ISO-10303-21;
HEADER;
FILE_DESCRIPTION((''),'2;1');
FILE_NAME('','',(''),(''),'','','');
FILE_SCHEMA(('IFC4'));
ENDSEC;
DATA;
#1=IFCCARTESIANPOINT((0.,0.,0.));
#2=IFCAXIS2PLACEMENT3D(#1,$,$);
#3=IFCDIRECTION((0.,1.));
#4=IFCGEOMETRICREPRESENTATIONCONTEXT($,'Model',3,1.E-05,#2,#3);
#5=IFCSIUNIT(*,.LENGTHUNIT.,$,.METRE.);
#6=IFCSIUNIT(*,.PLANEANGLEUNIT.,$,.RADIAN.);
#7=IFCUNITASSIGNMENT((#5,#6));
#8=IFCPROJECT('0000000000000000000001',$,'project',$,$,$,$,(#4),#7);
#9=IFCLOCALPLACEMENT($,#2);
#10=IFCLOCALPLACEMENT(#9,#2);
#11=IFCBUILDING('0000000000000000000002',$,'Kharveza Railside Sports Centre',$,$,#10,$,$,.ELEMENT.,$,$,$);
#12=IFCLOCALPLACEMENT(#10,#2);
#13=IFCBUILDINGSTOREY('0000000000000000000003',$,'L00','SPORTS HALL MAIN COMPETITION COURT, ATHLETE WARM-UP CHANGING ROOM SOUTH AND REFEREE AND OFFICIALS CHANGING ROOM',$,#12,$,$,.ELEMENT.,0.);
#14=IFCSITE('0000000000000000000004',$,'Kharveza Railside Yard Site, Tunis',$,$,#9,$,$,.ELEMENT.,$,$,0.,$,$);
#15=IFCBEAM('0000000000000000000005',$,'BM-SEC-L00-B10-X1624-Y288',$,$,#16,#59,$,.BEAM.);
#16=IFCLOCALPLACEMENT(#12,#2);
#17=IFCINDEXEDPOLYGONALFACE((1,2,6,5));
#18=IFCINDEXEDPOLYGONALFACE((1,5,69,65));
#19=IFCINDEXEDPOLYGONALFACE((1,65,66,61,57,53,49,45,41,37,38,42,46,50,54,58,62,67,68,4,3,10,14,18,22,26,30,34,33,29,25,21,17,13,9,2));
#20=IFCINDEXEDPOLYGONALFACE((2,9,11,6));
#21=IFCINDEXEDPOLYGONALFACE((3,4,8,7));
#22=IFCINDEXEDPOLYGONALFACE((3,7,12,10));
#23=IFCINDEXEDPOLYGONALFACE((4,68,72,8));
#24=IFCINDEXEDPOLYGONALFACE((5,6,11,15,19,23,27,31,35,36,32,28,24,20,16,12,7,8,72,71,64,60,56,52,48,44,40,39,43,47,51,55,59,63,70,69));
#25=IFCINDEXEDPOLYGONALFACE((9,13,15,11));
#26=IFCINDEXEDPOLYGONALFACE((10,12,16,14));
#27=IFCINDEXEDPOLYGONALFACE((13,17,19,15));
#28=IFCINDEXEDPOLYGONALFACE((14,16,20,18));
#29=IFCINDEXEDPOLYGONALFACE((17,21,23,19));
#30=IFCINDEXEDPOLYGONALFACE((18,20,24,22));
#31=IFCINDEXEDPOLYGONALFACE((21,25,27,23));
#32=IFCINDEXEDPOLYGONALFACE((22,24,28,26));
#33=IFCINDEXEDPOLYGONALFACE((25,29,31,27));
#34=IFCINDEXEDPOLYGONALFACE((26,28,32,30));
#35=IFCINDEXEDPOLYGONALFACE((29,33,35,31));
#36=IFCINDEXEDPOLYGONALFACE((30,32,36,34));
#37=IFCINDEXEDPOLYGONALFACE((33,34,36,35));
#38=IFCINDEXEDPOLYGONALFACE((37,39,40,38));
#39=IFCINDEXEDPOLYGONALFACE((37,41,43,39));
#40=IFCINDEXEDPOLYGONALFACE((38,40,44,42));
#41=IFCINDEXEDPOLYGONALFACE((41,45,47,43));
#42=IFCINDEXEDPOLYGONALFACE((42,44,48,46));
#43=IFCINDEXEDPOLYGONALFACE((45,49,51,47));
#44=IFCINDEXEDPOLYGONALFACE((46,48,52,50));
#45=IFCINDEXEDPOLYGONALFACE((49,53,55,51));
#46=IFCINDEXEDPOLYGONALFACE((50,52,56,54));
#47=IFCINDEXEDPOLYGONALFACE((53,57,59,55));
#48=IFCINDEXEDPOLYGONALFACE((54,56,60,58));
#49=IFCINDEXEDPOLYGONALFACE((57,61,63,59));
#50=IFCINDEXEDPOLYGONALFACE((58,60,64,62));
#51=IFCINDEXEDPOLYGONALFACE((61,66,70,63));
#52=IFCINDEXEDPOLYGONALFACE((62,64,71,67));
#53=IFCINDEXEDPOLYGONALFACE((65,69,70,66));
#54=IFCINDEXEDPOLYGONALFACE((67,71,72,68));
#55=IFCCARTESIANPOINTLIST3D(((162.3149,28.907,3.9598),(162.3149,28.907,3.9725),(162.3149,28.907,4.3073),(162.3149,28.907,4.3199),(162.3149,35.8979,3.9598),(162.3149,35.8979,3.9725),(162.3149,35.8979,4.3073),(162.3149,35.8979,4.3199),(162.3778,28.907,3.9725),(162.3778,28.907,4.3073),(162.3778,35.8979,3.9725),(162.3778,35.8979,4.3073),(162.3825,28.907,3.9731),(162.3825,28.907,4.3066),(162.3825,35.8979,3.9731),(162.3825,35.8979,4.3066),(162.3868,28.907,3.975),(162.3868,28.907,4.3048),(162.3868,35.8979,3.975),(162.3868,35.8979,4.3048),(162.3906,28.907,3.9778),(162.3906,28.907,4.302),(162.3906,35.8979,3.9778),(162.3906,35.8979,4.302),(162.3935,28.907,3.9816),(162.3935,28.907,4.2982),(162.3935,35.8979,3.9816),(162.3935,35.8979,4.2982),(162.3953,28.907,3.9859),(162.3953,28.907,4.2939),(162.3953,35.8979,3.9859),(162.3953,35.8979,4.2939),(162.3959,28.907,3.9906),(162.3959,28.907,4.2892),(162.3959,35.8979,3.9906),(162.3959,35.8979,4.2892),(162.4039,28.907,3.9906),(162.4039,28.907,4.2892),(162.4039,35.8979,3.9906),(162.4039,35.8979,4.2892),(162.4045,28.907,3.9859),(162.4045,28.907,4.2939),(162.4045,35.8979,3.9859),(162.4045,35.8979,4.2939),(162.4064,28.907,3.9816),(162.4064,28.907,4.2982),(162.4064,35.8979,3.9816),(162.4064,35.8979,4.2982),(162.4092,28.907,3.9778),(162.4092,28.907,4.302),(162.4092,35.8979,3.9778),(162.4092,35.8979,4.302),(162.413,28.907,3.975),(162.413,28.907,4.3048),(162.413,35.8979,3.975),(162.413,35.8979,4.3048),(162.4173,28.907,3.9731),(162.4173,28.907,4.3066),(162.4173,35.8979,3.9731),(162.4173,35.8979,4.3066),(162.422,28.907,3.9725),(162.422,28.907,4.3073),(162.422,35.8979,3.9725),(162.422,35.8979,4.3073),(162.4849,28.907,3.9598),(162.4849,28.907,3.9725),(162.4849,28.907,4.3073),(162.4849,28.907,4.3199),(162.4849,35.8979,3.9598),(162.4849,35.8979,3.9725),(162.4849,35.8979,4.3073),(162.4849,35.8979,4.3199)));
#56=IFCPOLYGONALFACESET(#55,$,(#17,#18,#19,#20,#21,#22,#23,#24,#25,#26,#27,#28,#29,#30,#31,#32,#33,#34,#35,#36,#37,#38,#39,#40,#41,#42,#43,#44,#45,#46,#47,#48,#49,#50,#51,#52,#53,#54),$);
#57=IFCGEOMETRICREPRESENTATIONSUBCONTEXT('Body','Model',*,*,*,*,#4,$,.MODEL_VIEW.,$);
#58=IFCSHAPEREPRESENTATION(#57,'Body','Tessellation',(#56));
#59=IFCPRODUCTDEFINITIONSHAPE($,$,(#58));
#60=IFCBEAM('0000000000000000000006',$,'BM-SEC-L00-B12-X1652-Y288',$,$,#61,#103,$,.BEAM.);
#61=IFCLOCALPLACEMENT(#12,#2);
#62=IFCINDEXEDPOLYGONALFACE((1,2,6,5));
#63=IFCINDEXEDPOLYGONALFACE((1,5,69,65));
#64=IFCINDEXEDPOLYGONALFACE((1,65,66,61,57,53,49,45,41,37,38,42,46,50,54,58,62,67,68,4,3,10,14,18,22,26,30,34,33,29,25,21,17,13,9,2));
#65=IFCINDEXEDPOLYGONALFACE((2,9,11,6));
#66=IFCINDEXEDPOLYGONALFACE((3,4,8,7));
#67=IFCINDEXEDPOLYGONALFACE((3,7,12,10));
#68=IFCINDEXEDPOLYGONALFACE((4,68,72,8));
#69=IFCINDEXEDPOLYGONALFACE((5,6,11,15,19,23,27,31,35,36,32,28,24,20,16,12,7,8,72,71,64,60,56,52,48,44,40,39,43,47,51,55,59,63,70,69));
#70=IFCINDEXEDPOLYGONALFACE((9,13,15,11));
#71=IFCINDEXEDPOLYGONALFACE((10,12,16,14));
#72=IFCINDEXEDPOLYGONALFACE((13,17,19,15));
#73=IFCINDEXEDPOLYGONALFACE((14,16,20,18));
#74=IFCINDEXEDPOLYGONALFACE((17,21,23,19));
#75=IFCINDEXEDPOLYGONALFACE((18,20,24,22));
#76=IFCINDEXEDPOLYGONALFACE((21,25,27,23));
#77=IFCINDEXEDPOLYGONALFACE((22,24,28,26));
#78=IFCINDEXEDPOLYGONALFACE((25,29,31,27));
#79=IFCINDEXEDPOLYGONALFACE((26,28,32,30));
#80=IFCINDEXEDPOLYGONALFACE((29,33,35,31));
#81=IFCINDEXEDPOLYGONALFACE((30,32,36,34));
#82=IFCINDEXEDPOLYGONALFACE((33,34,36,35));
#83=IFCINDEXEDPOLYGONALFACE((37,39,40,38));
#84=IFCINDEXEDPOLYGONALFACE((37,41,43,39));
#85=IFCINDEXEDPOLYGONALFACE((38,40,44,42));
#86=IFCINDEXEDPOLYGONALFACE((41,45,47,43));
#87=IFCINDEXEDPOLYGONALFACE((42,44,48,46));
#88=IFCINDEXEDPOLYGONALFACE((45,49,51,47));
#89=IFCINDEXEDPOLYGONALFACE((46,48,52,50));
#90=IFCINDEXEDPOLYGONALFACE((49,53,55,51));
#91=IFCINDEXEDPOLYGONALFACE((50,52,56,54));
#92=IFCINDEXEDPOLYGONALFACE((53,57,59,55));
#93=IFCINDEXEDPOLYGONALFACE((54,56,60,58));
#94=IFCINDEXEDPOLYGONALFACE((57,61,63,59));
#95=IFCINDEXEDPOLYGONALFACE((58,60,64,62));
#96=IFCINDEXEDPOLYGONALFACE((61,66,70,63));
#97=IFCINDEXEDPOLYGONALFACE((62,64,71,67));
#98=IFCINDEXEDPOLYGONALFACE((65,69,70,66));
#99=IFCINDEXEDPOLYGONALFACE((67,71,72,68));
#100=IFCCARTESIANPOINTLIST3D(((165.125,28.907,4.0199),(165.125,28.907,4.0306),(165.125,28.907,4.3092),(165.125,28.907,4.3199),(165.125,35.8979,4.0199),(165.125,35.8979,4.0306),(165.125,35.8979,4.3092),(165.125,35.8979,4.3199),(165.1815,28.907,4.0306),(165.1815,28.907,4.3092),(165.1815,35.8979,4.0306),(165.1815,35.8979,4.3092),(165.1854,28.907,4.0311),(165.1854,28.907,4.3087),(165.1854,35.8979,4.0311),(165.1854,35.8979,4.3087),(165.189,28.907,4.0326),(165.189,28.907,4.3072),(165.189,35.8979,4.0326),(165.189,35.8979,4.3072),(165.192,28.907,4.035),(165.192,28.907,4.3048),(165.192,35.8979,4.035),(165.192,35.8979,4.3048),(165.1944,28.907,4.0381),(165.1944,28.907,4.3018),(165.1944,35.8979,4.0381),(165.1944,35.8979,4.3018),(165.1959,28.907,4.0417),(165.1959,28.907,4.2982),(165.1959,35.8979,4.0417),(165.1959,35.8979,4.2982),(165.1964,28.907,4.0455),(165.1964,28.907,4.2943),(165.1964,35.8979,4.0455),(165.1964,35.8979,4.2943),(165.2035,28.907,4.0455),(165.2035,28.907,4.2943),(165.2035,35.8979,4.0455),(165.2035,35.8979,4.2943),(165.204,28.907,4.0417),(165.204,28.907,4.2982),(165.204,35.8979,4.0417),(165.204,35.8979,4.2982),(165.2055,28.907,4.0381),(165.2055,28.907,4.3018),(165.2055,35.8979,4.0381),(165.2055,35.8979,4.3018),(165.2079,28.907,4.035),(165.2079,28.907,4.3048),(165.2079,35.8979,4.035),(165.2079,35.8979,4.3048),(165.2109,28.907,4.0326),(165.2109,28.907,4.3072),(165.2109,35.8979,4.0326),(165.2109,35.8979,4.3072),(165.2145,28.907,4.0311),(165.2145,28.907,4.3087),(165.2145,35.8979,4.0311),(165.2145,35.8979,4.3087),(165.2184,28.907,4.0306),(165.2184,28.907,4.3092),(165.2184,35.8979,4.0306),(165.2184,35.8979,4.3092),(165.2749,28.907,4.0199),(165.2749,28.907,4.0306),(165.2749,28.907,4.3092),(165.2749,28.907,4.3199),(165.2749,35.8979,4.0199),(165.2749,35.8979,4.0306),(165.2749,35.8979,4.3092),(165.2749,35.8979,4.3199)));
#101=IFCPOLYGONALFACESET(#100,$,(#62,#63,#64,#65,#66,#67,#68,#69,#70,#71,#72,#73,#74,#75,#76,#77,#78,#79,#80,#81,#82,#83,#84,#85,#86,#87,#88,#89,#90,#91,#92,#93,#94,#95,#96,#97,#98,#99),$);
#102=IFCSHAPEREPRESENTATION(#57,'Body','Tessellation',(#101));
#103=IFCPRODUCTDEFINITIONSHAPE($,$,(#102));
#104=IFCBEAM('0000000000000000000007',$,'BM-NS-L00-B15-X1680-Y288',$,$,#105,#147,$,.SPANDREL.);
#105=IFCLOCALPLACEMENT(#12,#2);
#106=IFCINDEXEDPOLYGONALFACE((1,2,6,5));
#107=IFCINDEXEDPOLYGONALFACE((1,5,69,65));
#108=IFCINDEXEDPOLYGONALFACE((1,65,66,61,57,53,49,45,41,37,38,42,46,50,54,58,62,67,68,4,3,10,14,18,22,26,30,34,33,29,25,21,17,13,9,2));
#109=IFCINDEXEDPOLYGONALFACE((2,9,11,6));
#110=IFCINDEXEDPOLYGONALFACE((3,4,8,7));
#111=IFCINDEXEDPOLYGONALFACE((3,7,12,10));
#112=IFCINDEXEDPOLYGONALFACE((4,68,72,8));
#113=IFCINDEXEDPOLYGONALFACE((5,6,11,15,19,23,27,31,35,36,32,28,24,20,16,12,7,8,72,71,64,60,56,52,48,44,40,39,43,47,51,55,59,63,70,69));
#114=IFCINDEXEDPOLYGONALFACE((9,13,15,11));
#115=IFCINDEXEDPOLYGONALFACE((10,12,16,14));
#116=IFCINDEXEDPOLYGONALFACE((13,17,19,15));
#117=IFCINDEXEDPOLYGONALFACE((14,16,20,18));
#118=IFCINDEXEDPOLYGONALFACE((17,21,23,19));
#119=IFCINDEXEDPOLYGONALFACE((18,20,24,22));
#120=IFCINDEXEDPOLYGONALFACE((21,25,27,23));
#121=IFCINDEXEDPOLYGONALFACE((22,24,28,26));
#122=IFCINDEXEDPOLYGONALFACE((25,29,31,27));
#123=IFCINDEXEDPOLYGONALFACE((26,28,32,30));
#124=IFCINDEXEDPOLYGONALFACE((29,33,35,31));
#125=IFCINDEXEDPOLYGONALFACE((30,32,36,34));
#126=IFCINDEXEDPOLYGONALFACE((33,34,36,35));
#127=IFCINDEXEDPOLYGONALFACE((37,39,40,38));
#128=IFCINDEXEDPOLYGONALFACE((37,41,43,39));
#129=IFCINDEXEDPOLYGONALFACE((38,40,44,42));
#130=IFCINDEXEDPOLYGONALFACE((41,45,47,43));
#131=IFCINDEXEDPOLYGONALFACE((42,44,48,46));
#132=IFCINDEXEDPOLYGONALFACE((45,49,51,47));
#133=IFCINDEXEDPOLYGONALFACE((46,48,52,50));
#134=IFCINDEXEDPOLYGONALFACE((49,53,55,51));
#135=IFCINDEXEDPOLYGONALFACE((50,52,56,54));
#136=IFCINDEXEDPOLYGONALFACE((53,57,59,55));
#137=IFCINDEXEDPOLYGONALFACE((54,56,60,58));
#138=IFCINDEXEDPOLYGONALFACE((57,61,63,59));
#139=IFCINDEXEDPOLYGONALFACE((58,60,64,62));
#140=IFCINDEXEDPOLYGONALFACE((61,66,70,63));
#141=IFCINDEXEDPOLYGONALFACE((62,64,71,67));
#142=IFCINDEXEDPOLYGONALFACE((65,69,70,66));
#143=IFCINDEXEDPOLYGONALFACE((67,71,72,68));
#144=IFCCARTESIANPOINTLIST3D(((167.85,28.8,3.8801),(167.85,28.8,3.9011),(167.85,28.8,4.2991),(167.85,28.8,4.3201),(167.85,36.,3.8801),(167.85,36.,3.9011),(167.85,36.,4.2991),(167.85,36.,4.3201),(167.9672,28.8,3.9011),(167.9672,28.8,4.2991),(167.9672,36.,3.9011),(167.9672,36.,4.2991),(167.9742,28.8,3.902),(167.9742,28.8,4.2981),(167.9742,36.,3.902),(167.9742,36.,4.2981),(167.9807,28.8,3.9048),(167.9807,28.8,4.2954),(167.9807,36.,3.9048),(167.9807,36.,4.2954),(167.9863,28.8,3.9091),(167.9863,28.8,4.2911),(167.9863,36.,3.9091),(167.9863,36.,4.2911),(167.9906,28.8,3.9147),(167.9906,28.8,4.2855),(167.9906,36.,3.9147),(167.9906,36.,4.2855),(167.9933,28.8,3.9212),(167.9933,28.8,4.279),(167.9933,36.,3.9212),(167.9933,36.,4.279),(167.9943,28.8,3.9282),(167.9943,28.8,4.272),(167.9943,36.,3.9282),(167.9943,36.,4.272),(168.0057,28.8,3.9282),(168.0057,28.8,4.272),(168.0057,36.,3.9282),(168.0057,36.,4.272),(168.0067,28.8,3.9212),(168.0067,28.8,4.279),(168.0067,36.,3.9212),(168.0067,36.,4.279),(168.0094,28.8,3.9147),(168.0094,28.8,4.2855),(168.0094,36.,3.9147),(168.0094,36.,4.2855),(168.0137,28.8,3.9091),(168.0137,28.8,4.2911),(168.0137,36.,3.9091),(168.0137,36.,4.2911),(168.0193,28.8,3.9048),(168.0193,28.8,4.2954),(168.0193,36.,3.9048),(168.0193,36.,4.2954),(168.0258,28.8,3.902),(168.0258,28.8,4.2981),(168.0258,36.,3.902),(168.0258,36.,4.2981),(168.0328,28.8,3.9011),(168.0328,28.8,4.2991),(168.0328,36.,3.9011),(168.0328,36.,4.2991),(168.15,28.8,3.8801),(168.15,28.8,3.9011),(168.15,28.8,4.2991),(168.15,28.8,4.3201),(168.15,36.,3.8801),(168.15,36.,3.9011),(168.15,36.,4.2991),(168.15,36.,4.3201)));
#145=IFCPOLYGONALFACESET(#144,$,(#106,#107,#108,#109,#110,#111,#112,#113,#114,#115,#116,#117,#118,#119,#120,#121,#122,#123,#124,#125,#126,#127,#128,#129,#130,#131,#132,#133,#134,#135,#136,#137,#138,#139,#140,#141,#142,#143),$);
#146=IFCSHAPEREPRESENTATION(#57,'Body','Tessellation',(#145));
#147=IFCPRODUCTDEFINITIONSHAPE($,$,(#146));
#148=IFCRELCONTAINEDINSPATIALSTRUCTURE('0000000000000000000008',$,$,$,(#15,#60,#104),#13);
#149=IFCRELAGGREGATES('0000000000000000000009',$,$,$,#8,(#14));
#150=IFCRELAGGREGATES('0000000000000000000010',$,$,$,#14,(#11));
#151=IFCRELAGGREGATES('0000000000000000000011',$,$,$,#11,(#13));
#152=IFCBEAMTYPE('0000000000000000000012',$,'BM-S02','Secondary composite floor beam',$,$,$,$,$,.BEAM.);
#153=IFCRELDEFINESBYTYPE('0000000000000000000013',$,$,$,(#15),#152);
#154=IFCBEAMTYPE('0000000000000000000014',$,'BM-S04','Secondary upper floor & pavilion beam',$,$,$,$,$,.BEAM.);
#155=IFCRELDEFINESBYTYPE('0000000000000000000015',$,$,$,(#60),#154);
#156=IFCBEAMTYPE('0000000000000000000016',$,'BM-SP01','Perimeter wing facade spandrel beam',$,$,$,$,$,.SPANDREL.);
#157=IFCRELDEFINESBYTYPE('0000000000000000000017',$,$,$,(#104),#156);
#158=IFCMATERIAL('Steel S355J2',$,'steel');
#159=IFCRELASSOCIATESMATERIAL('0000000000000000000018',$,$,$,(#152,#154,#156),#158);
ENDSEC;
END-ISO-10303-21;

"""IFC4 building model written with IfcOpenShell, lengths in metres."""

from ifc_helpers import new_model, si_unit, direction, frame, origin, origin_2d, place, context, subcontext, project, spatial, i_section, extrude, material, material_profile, profile_set, type_object, element, save


model = new_model("IFC4")

# Units and contexts
model_context = context("Model", 3, precision=1e-05, world=origin(), true_north=direction((0.0, 1.0)))
body_context = subcontext(model_context, "Body", "Model", "MODEL_VIEW")
ifc_project = project(units=[si_unit("LENGTHUNIT", "METRE"), si_unit("PLANEANGLEUNIT", "RADIAN")], contexts=[model_context])

# Site, building, storey
site_placement = place(None, origin())
site = spatial("IfcSite", under=ifc_project, at=site_placement, Name="Kharveza Railside Yard Site, Tunis", CompositionType="ELEMENT", RefElevation=0.0)
building_placement = place(site_placement, origin())
building = spatial("IfcBuilding", under=site, at=building_placement, Name="Kharveza Railside Sports Centre", CompositionType="ELEMENT")
storey_placement = place(building_placement, origin())
storey = spatial("IfcBuildingStorey", under=building, at=storey_placement, Name="L00", Description="SPORTS HALL MAIN COMPETITION COURT, ATHLETE WARM-UP CHANGING ROOM SOUTH AND REFEREE AND OFFICIALS CHANGING ROOM", CompositionType="ELEMENT", Elevation=0.0)

# Shared definitions
ifc_material_1 = material(Name="Steel S355J2", Category="steel")

# Beams
ifc_material_profile_1 = material_profile(ifc_material_1, i_section(OverallWidth=0.1699, OverallDepth=0.3601, WebThickness=0.0081, FlangeThickness=0.0127, FilletRadius=0.0181, at=origin_2d()), Name="IPE 360")
ifc_profile_set_1 = profile_set([ifc_material_profile_1], Name="Steel S355J2")
beam_type_1 = type_object("IfcBeamType", Name="BM-S02", Description="Secondary composite floor beam", PredefinedType="BEAM", material=ifc_profile_set_1)
beam_1_placement = place(storey_placement, frame((162.3999, 28.907, 4.1399), z_axis=(0.0, 1.0, 0.0), x_axis=(-1.0, 0.0, 0.0)))
element("IfcBeam", 1, at=beam_1_placement, inside=storey, type_object=beam_type_1, Name="BM-SEC-L00-B10-X1624-Y288", PredefinedType="BEAM", context=body_context, shape_type="SweptSolid", body=[
    extrude(i_section(OverallWidth=0.1699, OverallDepth=0.3601, WebThickness=0.0081, FlangeThickness=0.0127, FilletRadius=0.0181, at=origin_2d()), origin(), (0.0, 0.0, 1.0), 6.991),
])
ifc_material_profile_2 = material_profile(ifc_material_1, i_section(OverallWidth=0.1499, OverallDepth=0.3, WebThickness=0.0071, FlangeThickness=0.0107, FilletRadius=0.0149, at=origin_2d()), Name="IPE 300")
ifc_profile_set_2 = profile_set([ifc_material_profile_2], Name="Steel S355J2")
beam_type_2 = type_object("IfcBeamType", Name="BM-S04", Description="Secondary upper floor & pavilion beam", PredefinedType="BEAM", material=ifc_profile_set_2)
beam_2_placement = place(storey_placement, frame((165.2, 28.907, 4.1699), z_axis=(0.0, 1.0, 0.0), x_axis=(-1.0, 0.0, 0.0)))
element("IfcBeam", 2, at=beam_2_placement, inside=storey, type_object=beam_type_2, Name="BM-SEC-L00-B12-X1652-Y288", PredefinedType="BEAM", context=body_context, shape_type="SweptSolid", body=[
    extrude(i_section(OverallWidth=0.1499, OverallDepth=0.3, WebThickness=0.0071, FlangeThickness=0.0107, FilletRadius=0.0149, at=origin_2d()), origin(), (0.0, 0.0, 1.0), 6.991),
])
ifc_material_profile_3 = material_profile(ifc_material_1, i_section(OverallWidth=0.3, OverallDepth=0.4399, WebThickness=0.0115, FlangeThickness=0.021, FilletRadius=0.0271, at=origin_2d()), Name="HEA 450")
ifc_profile_set_3 = profile_set([ifc_material_profile_3], Name="Steel S355J2")
beam_type_3 = type_object("IfcBeamType", Name="BM-SP01", Description="Perimeter wing facade spandrel beam", PredefinedType="SPANDREL", material=ifc_profile_set_3)
beam_3_placement = place(storey_placement, frame((168.0, 28.8, 4.1001), z_axis=(0.0, 1.0, 0.0), x_axis=(-1.0, 0.0, 0.0)))
element("IfcBeam", 3, at=beam_3_placement, inside=storey, type_object=beam_type_3, Name="BM-NS-L00-B15-X1680-Y288", PredefinedType="SPANDREL", context=body_context, shape_type="SweptSolid", body=[
    extrude(i_section(OverallWidth=0.3, OverallDepth=0.4399, WebThickness=0.0115, FlangeThickness=0.021, FilletRadius=0.0271, at=origin_2d()), origin(), (0.0, 0.0, 1.0), 7.2),
])

save(model, "model.ifc")
